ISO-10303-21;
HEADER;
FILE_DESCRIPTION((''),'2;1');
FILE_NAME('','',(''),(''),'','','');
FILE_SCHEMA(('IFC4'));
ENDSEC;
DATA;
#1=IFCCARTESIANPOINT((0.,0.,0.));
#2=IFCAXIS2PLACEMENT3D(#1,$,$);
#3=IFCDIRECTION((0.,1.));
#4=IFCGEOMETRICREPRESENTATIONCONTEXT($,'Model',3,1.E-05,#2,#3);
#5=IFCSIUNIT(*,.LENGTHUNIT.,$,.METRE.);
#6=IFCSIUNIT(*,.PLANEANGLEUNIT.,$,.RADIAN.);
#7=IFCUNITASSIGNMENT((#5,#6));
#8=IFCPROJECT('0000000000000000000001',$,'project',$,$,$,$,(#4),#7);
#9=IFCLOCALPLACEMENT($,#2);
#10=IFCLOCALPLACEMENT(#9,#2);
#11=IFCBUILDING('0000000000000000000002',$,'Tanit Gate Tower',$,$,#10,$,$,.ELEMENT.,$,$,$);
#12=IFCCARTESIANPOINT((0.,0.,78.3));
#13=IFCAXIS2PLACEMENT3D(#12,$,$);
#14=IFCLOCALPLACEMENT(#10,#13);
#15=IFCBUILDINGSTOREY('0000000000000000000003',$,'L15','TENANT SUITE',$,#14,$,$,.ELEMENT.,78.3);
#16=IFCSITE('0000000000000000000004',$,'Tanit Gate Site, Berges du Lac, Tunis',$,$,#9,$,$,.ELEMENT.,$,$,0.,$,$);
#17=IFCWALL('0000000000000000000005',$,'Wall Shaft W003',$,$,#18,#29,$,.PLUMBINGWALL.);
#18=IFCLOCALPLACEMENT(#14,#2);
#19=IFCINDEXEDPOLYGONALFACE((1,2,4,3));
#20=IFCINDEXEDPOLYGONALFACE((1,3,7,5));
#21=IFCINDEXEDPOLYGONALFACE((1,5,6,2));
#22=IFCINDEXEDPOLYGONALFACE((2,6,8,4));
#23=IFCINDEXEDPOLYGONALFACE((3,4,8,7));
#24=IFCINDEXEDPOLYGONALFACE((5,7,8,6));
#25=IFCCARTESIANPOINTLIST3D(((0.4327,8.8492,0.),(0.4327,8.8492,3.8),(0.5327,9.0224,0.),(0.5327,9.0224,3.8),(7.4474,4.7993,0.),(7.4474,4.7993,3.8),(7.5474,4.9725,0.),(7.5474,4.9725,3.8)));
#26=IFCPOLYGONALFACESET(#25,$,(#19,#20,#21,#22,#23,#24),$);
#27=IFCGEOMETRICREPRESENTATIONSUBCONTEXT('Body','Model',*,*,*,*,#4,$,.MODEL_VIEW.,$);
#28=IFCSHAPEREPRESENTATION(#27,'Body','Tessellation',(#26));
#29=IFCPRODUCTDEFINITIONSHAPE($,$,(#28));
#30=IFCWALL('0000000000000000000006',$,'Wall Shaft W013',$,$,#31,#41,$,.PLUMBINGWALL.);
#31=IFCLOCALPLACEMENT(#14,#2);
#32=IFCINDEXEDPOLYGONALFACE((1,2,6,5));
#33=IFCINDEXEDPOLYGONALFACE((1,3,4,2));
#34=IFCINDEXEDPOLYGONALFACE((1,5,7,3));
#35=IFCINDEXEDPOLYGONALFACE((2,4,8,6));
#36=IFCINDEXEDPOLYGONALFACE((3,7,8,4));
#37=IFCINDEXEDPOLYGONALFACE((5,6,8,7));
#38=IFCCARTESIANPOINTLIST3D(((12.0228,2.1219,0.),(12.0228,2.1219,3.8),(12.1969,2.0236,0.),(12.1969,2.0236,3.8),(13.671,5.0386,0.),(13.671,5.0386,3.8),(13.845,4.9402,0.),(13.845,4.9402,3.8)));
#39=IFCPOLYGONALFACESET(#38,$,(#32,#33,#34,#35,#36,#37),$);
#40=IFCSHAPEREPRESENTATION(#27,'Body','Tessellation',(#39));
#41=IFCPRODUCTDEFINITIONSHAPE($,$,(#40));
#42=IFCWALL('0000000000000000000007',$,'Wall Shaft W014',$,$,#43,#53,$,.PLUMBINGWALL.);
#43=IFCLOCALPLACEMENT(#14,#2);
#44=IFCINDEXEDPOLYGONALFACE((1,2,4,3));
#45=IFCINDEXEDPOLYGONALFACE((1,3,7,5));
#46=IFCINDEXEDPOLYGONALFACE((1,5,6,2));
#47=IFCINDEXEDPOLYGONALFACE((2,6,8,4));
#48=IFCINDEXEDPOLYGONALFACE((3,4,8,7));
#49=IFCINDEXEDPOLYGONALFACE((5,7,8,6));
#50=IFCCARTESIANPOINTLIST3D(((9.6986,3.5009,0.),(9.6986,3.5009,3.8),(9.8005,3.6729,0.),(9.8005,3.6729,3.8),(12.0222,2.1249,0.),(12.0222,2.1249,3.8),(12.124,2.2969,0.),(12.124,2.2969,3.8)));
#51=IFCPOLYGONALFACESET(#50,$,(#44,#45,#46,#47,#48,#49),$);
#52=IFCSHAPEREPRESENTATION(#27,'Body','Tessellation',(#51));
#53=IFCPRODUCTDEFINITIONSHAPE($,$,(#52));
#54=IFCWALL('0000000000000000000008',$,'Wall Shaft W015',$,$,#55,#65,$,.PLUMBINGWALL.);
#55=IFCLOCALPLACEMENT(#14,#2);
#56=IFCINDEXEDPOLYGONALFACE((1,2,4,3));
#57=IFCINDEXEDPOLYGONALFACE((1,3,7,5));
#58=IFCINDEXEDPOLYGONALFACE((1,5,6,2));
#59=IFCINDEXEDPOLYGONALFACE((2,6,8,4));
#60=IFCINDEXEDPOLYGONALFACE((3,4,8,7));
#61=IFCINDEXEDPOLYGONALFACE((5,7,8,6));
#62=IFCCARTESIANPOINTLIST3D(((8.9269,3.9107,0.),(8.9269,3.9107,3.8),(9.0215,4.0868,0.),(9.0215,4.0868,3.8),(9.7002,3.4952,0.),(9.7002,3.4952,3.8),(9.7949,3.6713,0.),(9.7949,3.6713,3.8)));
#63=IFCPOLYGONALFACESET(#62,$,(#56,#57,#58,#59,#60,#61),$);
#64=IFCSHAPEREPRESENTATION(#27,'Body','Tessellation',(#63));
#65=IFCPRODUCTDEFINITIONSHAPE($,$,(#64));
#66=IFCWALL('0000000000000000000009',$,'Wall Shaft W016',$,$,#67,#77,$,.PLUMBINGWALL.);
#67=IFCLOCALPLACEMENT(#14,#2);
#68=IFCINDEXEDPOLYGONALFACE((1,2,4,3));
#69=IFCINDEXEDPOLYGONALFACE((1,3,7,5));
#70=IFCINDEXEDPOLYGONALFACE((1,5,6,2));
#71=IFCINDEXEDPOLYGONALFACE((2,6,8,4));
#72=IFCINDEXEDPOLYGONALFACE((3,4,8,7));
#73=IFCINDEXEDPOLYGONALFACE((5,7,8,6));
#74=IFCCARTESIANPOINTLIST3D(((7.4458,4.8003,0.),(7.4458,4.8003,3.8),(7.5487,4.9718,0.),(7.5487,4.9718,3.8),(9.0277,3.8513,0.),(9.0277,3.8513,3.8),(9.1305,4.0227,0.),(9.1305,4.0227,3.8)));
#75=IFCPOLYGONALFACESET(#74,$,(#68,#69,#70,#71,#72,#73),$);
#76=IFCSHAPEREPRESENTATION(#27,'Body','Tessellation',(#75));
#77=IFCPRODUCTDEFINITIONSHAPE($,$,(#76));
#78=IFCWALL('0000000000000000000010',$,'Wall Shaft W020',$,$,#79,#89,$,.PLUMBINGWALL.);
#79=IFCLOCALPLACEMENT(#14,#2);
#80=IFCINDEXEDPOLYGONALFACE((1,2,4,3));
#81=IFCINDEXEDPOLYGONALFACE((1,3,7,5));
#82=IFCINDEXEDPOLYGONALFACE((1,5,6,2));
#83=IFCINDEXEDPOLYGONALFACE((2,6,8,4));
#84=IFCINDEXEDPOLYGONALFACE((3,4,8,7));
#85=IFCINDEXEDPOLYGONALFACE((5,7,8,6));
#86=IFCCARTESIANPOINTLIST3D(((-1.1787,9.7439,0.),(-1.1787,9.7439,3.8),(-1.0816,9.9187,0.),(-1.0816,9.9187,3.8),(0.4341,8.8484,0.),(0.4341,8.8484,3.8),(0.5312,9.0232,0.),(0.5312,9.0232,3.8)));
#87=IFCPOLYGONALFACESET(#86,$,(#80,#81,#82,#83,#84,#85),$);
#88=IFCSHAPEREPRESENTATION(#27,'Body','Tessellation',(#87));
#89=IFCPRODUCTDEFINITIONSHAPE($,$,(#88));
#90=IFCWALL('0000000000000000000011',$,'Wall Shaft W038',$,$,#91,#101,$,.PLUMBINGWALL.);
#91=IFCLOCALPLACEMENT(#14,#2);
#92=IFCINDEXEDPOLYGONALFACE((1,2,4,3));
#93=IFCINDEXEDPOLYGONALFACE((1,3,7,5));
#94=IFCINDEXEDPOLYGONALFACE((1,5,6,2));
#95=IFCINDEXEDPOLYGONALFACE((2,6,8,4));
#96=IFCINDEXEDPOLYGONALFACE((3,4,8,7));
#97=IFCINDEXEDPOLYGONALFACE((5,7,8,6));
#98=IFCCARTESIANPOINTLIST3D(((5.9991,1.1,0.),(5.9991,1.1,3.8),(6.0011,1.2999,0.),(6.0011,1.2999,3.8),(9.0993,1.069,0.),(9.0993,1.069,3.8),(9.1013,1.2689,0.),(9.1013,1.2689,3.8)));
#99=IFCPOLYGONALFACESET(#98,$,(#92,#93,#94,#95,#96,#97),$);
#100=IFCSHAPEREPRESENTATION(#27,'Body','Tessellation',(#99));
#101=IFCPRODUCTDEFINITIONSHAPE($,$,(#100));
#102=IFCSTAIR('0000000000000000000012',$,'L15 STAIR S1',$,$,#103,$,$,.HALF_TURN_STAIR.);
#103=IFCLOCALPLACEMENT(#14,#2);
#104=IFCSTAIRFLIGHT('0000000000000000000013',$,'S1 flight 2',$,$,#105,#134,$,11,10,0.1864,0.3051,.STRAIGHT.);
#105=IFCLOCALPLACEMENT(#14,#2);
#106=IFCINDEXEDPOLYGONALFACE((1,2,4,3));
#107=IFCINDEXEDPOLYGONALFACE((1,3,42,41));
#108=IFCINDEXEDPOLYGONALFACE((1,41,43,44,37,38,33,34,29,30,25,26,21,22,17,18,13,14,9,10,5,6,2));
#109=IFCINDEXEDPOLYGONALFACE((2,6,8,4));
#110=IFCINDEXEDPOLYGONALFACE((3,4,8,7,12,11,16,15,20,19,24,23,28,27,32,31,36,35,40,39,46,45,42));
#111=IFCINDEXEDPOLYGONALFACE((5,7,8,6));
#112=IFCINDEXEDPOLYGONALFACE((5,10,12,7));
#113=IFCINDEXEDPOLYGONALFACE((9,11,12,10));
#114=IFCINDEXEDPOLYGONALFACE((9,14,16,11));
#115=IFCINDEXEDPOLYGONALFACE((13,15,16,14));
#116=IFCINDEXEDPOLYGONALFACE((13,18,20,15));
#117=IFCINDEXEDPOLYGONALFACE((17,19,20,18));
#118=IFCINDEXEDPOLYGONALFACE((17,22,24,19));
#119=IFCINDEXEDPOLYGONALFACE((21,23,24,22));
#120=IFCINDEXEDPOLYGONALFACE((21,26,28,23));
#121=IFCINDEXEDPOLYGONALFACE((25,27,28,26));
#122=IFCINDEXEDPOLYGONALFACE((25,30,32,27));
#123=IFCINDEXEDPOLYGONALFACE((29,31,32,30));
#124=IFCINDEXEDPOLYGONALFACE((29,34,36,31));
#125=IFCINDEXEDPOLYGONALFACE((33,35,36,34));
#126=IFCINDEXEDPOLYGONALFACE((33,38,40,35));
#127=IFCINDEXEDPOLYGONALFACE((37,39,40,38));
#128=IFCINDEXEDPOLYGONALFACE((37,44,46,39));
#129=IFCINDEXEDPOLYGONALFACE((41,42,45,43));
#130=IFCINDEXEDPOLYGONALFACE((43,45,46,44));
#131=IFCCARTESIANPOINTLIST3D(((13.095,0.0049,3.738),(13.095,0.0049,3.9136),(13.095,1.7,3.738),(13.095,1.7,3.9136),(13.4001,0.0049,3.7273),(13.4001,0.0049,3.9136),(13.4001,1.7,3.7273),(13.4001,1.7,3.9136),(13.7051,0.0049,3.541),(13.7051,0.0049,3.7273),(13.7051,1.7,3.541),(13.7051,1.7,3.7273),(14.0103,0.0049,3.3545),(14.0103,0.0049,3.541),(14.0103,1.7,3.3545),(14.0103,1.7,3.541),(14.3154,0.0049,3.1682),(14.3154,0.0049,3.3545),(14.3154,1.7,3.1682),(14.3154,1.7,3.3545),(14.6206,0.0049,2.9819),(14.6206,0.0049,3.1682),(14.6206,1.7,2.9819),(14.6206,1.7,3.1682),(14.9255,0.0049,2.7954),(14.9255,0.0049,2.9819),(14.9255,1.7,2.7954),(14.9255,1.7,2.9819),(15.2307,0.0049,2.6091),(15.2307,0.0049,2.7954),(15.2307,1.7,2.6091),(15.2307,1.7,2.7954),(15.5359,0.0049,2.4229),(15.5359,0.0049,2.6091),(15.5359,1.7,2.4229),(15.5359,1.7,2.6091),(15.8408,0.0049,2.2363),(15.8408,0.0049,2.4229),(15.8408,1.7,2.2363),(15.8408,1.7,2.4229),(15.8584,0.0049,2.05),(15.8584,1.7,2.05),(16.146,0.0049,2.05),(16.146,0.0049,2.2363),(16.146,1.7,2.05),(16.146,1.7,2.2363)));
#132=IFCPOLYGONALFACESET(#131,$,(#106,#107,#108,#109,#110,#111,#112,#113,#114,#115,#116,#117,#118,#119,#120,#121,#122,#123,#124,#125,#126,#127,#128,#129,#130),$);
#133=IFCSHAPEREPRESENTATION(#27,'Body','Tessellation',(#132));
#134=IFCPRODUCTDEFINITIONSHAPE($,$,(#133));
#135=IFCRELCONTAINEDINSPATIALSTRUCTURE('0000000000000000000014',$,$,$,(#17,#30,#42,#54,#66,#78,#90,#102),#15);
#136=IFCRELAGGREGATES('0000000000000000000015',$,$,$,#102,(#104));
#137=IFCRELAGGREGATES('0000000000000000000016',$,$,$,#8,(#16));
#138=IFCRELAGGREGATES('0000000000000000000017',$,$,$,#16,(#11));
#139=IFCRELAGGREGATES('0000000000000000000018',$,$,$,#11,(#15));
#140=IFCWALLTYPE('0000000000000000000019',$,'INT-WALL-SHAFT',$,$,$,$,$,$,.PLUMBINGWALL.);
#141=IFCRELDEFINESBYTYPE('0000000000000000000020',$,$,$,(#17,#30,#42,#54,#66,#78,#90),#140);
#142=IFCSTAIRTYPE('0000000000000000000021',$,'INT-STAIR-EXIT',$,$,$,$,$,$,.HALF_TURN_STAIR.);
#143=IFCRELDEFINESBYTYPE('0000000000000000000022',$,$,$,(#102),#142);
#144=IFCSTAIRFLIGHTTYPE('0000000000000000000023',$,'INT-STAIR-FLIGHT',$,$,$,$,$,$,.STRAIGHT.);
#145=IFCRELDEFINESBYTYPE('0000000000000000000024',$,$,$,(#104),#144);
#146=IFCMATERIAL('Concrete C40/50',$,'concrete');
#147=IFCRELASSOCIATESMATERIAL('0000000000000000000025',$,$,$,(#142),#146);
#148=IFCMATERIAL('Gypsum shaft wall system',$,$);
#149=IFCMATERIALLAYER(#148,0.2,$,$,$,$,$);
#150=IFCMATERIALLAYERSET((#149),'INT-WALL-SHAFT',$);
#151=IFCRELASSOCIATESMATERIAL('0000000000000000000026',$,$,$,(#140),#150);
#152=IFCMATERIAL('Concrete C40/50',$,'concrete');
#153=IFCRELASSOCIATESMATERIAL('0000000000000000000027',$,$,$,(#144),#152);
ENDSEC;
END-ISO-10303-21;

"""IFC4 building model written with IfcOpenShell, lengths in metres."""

from ifc_helpers import new_model, si_unit, direction, frame, frame_2d, origin, place, context, subcontext, project, spatial, polyline, rectangle, outline, extrude, material, layer, layer_set, type_object, element, aggregate, save


model = new_model("IFC4")

# Units and contexts
model_context = context("Model", 3, precision=1e-05, world=origin(), true_north=direction((0.0, 1.0)))
body_context = subcontext(model_context, "Body", "Model", "MODEL_VIEW")
ifc_project = project(units=[si_unit("LENGTHUNIT", "METRE"), si_unit("PLANEANGLEUNIT", "RADIAN")], contexts=[model_context])

# Site, building, storey
site_placement = place(None, origin())
site = spatial("IfcSite", under=ifc_project, at=site_placement, Name="Tanit Gate Site, Berges du Lac, Tunis", CompositionType="ELEMENT", RefElevation=0.0)
building_placement = place(site_placement, origin())
building = spatial("IfcBuilding", under=site, at=building_placement, Name="Tanit Gate Tower", CompositionType="ELEMENT")
storey_placement = place(building_placement, frame((0.0, 0.0, 78.3)))
storey = spatial("IfcBuildingStorey", under=building, at=storey_placement, Name="L15", Description="TENANT SUITE", CompositionType="ELEMENT", Elevation=78.3)

# Shared definitions
ifc_material_1 = material(Name="Concrete C40/50", Category="concrete")
stair_type = type_object("IfcStairType", Name="INT-STAIR-EXIT", PredefinedType="HALF_TURN_STAIR", material=ifc_material_1)

# Walls
ifc_material_2 = material(Name="Gypsum shaft wall system")
ifc_layer_1 = layer(ifc_material_2, 0.2)
ifc_layer_set_1 = layer_set([ifc_layer_1], Name="INT-WALL-SHAFT")
wall_type_1 = type_object("IfcWallType", Name="INT-WALL-SHAFT", PredefinedType="PLUMBINGWALL", material=ifc_layer_set_1)
wall_1_placement = place(storey_placement, frame((7.4973, 4.886, 0.0), z_axis=(0.0, 0.0, 1.0), x_axis=(-0.866031, 0.49999, 0.0)))
element("IfcWall", 1, at=wall_1_placement, inside=storey, type_object=wall_type_1, Name="Wall Shaft W003", PredefinedType="PLUMBINGWALL", context=body_context, shape_type="SweptSolid", body=[
    extrude(rectangle(XDim=8.0999, YDim=0.2, at=frame_2d((4.0498, 0.0))), origin(), (0.0, 0.0, 1.0), 3.8),
])
wall_2_placement = place(storey_placement, frame((12.1099, 2.0728, 0.0), z_axis=(0.0, 0.0, 1.0), x_axis=(0.491966, 0.870614, 0.0)))
element("IfcWall", 2, at=wall_2_placement, inside=storey, type_object=wall_type_1, Name="Wall Shaft W013", PredefinedType="PLUMBINGWALL", context=body_context, shape_type="SweptSolid", body=[
    extrude(rectangle(XDim=3.3501, YDim=0.2, at=frame_2d((1.675, 0.0))), origin(), (0.0, 0.0, 1.0), 3.8),
])
wall_3_placement = place(storey_placement, frame((12.073, 2.2109, 0.0), z_axis=(0.0, 0.0, 1.0), x_axis=(-0.860438, 0.509555, 0.0)))
element("IfcWall", 3, at=wall_3_placement, inside=storey, type_object=wall_type_1, Name="Wall Shaft W014", PredefinedType="PLUMBINGWALL", context=body_context, shape_type="SweptSolid", body=[
    extrude(rectangle(XDim=2.7004, YDim=0.2, at=frame_2d((1.3501, 0.0))), origin(), (0.0, 0.0, 1.0), 3.8),
])
wall_4_placement = place(storey_placement, frame((9.7476, 3.5833, 0.0), z_axis=(0.0, 0.0, 1.0), x_axis=(-0.880917, 0.473271, 0.0)))
element("IfcWall", 4, at=wall_4_placement, inside=storey, type_object=wall_type_1, Name="Wall Shaft W015", PredefinedType="PLUMBINGWALL", context=body_context, shape_type="SweptSolid", body=[
    extrude(rectangle(XDim=0.8779, YDim=0.2, at=frame_2d((0.439, 0.0))), origin(), (0.0, 0.0, 1.0), 3.8),
])
for number, where, z_axis, x_axis, name in (
    (5, (9.0791, 3.937, 0.0), (0.0, 0.0, 1.0), (-0.857516, 0.514457, 0.0), "Wall Shaft W016"),
    (6, (0.4827, 8.9358, 0.0), (0.0, 0.0, 1.0), (-0.87427, 0.485441, 0.0), "Wall Shaft W020"),
):
    element("IfcWall", number, at=place(storey_placement, frame(where, z_axis=z_axis, x_axis=x_axis)), inside=storey, type_object=wall_type_1, Name=name, PredefinedType="PLUMBINGWALL", context=body_context, shape_type="SweptSolid", body=[
        extrude(rectangle(XDim=1.8447, YDim=0.2, at=frame_2d((0.9224, 0.0))), origin(), (0.0, 0.0, 1.0), 3.8),
    ])

# Wall
wall_5_placement = place(storey_placement, frame((6.0, 1.2, 0.0), z_axis=(0.0, 0.0, 1.0), x_axis=(0.99995, -0.010001, 0.0)))
element("IfcWall", 7, at=wall_5_placement, inside=storey, type_object=wall_type_1, Name="Wall Shaft W038", PredefinedType="PLUMBINGWALL", context=body_context, shape_type="SweptSolid", body=[
    extrude(rectangle(XDim=3.1003, YDim=0.2, at=frame_2d((1.5503, 0.0))), origin(), (0.0, 0.0, 1.0), 3.8),
])

# Stair, stair flight
stair_1_placement = place(storey_placement, origin())
stair_1 = element("IfcStair", 8, at=stair_1_placement, inside=storey, type_object=stair_type, Name="L15 STAIR S1", PredefinedType="HALF_TURN_STAIR")
ifc_material_3 = material(Name="Concrete C40/50", Category="concrete")
stair_flight_type = type_object("IfcStairFlightType", Name="INT-STAIR-FLIGHT", PredefinedType="STRAIGHT", material=ifc_material_3)
stair_flight_placement = place(storey_placement, frame((16.146, 0.8525, 2.05), z_axis=(0.0, 0.0, 1.0), x_axis=(-1.0, 0.0, 0.0)))
stair_flight = element("IfcStairFlight", 9, at=stair_flight_placement, type_object=stair_flight_type, Name="S1 flight 2", NumberOfRisers=11, NumberOfTreads=10, PredefinedType="STRAIGHT", RiserHeight=0.1864, TreadLength=0.3051, context=body_context, shape_type="SweptSolid", body=[
    extrude(outline(polyline([(0.0, 0.0), (0.0, 0.1863), (0.3052, 0.1863), (0.3052, 0.3728), (0.6101, 0.3728), (0.6101, 0.5591), (0.9153, 0.5591), (0.9153, 0.7454), (1.2205, 0.7454), (1.2205, 0.9319), (1.5254, 0.9319), (1.5254, 1.1182), (1.8306, 1.1182), (1.8306, 1.3044), (2.1357, 1.3044), (2.1357, 1.491), (2.4409, 1.491), (2.4409, 1.6772), (2.7458, 1.6772), (2.7458, 1.8635), (3.051, 1.8635), (3.051, 2.05), (3.051, 1.688), (0.2876, 0.0), (0.0, 0.0)])), frame((0.0, 0.8477, 0.0), z_axis=(0.0, -1.0, 0.0), x_axis=(1.0, 0.0, 0.0)), (0.0, 0.0, 1.0), 1.6951),
])
aggregate(stair_1, [stair_flight])

save(model, "model.ifc")
